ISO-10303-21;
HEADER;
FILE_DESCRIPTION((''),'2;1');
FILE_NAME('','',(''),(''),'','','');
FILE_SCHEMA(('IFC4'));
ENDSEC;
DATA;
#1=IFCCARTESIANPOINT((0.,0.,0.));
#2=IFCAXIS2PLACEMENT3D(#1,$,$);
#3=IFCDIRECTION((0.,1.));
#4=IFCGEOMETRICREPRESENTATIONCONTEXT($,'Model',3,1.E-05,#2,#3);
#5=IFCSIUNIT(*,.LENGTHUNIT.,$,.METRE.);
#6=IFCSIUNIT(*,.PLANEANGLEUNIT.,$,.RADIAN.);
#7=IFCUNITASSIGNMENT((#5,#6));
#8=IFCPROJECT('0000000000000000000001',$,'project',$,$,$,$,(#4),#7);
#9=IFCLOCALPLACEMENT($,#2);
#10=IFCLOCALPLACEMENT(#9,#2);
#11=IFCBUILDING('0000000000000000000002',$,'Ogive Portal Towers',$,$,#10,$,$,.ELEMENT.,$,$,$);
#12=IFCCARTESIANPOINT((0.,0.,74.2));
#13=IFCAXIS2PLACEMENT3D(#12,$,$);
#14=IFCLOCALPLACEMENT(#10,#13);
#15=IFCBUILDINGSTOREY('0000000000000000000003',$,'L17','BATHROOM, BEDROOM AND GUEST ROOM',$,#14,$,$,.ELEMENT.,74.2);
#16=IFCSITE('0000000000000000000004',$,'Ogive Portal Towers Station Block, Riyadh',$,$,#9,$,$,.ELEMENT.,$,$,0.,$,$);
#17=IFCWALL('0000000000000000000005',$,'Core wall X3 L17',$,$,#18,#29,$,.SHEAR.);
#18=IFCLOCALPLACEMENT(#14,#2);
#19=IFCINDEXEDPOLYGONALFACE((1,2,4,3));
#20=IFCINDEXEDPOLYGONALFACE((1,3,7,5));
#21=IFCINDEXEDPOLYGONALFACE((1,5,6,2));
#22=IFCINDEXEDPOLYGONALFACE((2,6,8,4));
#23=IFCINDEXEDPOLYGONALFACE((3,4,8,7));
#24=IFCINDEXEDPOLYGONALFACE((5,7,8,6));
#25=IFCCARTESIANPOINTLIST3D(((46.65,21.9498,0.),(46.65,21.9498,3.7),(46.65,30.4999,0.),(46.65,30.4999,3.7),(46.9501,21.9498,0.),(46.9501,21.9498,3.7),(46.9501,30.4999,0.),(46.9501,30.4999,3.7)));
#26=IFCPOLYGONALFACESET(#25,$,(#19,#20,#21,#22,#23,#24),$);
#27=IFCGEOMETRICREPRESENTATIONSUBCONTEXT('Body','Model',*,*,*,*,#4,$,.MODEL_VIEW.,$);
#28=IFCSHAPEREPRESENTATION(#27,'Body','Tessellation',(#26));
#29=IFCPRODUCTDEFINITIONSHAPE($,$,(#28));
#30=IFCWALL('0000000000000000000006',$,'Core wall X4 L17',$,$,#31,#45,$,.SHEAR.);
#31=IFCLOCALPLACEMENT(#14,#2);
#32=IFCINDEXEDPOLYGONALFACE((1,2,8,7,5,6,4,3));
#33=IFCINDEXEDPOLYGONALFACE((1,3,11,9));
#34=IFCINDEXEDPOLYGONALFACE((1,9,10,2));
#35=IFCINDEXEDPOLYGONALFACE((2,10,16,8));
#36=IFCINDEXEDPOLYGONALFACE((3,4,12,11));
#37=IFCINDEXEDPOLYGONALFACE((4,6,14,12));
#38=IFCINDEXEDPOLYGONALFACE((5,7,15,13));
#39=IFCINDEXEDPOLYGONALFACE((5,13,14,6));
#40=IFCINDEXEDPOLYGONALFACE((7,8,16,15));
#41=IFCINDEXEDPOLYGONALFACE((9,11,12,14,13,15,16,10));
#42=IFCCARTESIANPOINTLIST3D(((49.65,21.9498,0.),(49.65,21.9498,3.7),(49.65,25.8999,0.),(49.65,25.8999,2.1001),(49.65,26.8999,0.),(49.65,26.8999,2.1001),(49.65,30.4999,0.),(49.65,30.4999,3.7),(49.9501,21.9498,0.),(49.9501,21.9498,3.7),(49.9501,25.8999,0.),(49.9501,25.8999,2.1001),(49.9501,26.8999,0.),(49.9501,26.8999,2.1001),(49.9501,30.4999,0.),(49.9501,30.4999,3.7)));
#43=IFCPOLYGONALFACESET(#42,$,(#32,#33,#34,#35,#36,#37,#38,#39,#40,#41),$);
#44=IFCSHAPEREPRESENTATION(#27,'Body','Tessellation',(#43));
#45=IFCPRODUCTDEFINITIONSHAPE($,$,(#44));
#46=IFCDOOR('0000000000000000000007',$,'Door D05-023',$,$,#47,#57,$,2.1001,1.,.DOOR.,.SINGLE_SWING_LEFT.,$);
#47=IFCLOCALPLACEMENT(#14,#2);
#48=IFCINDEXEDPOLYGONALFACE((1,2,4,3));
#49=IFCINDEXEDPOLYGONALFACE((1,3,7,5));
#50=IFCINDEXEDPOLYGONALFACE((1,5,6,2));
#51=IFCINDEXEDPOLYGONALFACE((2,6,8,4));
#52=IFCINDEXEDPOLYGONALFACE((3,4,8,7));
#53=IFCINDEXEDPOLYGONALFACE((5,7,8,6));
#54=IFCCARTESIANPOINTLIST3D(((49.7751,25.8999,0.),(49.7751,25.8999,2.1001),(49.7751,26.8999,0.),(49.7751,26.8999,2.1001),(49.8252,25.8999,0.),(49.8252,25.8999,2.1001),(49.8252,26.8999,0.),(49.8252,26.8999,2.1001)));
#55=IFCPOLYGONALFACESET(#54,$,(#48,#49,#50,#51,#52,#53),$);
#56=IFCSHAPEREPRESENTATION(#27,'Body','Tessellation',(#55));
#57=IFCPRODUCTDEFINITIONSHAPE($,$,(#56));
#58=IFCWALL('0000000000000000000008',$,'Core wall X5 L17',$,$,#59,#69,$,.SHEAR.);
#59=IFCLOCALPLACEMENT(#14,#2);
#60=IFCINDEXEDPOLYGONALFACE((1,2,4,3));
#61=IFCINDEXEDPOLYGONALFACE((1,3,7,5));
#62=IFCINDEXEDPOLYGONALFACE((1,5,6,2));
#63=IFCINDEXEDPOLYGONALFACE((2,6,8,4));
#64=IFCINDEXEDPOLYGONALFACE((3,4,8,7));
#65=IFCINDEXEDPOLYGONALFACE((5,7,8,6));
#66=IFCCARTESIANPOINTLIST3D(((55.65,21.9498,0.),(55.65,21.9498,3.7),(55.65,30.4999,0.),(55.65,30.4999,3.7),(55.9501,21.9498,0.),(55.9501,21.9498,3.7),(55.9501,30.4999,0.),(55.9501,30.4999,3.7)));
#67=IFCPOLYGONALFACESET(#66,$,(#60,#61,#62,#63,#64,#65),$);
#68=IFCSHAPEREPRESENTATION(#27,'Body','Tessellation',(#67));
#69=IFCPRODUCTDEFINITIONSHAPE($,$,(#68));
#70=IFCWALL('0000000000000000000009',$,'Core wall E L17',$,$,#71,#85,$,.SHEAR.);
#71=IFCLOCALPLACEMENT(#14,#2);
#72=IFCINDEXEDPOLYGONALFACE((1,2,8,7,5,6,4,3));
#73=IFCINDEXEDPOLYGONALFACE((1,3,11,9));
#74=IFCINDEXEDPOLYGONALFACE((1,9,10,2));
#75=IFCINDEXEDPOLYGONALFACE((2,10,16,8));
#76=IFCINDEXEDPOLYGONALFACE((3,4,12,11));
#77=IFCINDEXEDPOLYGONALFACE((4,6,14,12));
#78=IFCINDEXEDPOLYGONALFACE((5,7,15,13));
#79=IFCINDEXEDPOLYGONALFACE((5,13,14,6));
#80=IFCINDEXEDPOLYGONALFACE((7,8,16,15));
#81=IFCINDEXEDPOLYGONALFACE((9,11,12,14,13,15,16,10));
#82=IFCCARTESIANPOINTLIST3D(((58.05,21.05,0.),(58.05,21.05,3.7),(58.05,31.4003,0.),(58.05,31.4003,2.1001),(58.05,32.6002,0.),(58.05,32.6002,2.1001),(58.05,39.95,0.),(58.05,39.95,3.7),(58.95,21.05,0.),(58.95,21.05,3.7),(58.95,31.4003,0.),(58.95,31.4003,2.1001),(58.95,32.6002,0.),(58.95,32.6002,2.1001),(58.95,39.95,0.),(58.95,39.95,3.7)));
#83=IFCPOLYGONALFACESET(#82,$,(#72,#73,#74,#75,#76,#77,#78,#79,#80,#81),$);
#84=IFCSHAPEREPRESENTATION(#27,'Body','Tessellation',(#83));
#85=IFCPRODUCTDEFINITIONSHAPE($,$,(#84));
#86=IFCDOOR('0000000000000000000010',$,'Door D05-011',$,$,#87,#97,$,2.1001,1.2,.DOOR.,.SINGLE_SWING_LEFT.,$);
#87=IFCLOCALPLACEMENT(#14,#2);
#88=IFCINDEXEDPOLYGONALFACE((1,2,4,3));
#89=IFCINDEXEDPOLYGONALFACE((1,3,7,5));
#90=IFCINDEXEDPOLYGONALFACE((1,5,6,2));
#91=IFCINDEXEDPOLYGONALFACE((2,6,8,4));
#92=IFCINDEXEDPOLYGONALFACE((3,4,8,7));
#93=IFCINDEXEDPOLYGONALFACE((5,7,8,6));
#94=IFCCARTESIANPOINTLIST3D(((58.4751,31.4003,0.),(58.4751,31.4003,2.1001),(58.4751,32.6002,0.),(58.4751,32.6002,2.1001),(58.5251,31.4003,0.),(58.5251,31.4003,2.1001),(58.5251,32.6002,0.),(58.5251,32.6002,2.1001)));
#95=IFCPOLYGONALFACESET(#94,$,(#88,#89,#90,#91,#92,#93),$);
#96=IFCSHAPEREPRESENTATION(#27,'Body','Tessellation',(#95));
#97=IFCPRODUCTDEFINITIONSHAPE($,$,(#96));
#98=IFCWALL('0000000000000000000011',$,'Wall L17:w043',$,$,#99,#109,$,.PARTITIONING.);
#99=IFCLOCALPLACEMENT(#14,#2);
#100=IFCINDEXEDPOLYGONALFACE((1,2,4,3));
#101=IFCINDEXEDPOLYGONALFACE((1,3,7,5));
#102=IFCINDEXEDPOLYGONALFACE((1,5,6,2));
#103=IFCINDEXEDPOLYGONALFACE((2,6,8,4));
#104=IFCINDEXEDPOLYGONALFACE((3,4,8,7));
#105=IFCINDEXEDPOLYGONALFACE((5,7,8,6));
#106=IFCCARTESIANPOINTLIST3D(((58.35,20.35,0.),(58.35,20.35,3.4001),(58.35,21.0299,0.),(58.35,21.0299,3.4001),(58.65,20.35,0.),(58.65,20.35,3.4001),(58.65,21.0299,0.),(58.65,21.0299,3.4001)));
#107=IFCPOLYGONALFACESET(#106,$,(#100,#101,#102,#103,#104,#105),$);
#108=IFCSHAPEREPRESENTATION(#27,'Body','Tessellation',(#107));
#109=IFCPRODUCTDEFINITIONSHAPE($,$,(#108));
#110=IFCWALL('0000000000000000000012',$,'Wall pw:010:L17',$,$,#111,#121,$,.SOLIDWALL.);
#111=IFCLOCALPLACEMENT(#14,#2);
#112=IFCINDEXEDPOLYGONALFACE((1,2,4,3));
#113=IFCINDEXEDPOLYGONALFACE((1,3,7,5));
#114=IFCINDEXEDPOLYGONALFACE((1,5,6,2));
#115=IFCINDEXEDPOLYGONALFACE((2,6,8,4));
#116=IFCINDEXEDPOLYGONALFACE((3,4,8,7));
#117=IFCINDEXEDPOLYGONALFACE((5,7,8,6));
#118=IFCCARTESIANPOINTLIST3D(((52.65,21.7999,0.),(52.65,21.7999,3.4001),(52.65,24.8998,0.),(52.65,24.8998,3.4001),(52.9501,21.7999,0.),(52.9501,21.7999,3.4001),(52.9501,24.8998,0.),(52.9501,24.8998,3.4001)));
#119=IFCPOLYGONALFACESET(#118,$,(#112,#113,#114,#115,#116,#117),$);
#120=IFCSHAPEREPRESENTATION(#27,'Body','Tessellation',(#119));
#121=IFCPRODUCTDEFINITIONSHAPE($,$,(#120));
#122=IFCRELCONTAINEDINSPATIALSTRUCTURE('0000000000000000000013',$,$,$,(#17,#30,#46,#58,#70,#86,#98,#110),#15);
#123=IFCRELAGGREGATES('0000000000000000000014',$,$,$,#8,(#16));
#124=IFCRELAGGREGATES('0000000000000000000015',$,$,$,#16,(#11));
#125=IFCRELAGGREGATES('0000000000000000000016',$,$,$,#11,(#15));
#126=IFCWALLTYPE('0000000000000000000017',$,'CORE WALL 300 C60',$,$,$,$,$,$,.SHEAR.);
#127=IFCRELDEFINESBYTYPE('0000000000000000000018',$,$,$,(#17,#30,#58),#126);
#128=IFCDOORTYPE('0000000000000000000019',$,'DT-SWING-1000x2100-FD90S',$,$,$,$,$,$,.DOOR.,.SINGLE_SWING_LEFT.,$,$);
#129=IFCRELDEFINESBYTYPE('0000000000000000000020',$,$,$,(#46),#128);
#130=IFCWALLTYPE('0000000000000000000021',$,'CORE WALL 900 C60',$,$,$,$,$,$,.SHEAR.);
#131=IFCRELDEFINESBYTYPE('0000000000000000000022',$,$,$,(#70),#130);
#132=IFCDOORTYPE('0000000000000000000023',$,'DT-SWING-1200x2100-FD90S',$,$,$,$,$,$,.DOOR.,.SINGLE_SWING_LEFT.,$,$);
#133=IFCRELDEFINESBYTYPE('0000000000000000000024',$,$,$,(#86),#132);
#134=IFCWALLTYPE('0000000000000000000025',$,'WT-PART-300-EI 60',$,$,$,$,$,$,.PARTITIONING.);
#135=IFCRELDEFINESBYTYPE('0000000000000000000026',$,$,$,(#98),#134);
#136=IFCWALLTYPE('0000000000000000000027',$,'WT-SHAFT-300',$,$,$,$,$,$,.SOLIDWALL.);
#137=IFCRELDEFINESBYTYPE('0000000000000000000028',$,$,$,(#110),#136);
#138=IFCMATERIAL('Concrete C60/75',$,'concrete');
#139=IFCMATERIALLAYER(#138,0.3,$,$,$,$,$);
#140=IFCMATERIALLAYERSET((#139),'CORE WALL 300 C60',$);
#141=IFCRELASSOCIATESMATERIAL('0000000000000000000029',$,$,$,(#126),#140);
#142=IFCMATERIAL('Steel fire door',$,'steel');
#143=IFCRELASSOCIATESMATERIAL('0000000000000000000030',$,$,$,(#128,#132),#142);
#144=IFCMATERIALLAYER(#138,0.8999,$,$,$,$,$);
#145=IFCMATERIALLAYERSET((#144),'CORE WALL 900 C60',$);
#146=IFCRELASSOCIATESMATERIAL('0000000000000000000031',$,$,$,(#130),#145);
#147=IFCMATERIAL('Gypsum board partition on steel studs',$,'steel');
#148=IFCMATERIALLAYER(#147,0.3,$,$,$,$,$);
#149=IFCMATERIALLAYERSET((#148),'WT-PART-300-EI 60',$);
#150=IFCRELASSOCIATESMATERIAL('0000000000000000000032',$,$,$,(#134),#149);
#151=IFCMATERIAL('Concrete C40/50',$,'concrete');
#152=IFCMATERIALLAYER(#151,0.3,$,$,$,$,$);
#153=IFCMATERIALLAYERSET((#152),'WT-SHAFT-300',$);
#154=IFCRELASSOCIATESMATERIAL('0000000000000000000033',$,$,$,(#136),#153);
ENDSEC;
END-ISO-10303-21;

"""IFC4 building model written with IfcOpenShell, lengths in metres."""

from ifc_helpers import new_model, si_unit, direction, frame, frame_2d, origin, place, context, subcontext, project, spatial, rectangle, extrude, material, layer, layer_set, type_object, element, fill, save


model = new_model("IFC4")

# Units and contexts
model_context = context("Model", 3, precision=1e-05, world=origin(), true_north=direction((0.0, 1.0)))
body_context = subcontext(model_context, "Body", "Model", "MODEL_VIEW")
ifc_project = project(units=[si_unit("LENGTHUNIT", "METRE"), si_unit("PLANEANGLEUNIT", "RADIAN")], contexts=[model_context])

# Site, building, storey
site_placement = place(None, origin())
site = spatial("IfcSite", under=ifc_project, at=site_placement, Name="Ogive Portal Towers Station Block, Riyadh", CompositionType="ELEMENT", RefElevation=0.0)
building_placement = place(site_placement, origin())
building = spatial("IfcBuilding", under=site, at=building_placement, Name="Ogive Portal Towers", CompositionType="ELEMENT")
storey_placement = place(building_placement, frame((0.0, 0.0, 74.2)))
storey = spatial("IfcBuildingStorey", under=building, at=storey_placement, Name="L17", Description="BATHROOM, BEDROOM AND GUEST ROOM", CompositionType="ELEMENT", Elevation=74.2)

# Wall
ifc_material_1 = material(Name="Concrete C60/75", Category="concrete")
ifc_layer_1 = layer(ifc_material_1, 0.3)
ifc_layer_set_1 = layer_set([ifc_layer_1], Name="CORE WALL 300 C60")
wall_type_1 = type_object("IfcWallType", Name="CORE WALL 300 C60", PredefinedType="SHEAR", material=ifc_layer_set_1)
wall_1_placement = place(storey_placement, frame((46.8, 21.95, 0.0), z_axis=(0.0, 0.0, 1.0), x_axis=(0.0, 1.0, 0.0)))
element("IfcWall", 1, at=wall_1_placement, inside=storey, type_object=wall_type_1, Name="Core wall X3 L17", PredefinedType="SHEAR", context=body_context, shape_type="SweptSolid", body=[
    extrude(rectangle(XDim=8.55, YDim=0.3, at=frame_2d((4.2749, 0.0))), origin(), (0.0, 0.0, 1.0), 3.7),
])

# Wall, opening, door
wall_2_placement = place(storey_placement, frame((49.8, 21.95, 0.0), z_axis=(0.0, 0.0, 1.0), x_axis=(0.0, 1.0, 0.0)))
wall_2 = element("IfcWall", 2, at=wall_2_placement, inside=storey, type_object=wall_type_1, Name="Core wall X4 L17", PredefinedType="SHEAR", context=body_context, shape_type="SweptSolid", body=[
    extrude(rectangle(XDim=8.55, YDim=0.3, at=frame_2d((4.2749, 0.0))), origin(), (0.0, 0.0, 1.0), 3.7),
])
opening_1_placement = place(wall_2_placement, frame((3.95, 0.0, 0.0)))
opening_1 = element("IfcOpeningElement", 3, at=opening_1_placement, cuts=wall_2, PredefinedType="OPENING", context=body_context, shape_type="SweptSolid", body=[
    extrude(rectangle(XDim=1.0, YDim=2.1001, at=frame_2d((0.5, 1.05))), frame((0.0, 0.1602, 0.0), z_axis=(0.0, -1.0, 0.0), x_axis=(1.0, 0.0, 0.0)), (0.0, 0.0, 1.0), 0.3201),
])
ifc_material_2 = material(Name="Steel fire door", Category="steel")
door_type_1 = type_object("IfcDoorType", Name="DT-SWING-1000x2100-FD90S", OperationType="SINGLE_SWING_LEFT", PredefinedType="DOOR", material=ifc_material_2)
door_1_placement = place(opening_1_placement, origin())
door_1 = element("IfcDoor", 4, at=door_1_placement, inside=storey, type_object=door_type_1, Name="Door D05-023", OperationType="SINGLE_SWING_LEFT", OverallHeight=2.1001, OverallWidth=1.0, PredefinedType="DOOR", context=body_context, shape_type="SweptSolid", body=[
    extrude(rectangle(XDim=1.0, YDim=2.1001, at=frame_2d((0.5, 1.05))), frame((0.0, 0.0249, 0.0), z_axis=(0.0, -1.0, 0.0), x_axis=(1.0, 0.0, 0.0)), (0.0, 0.0, 1.0), 0.05),
])
fill(opening_1, door_1)

# Wall
wall_3_placement = place(storey_placement, frame((55.8, 21.95, 0.0), z_axis=(0.0, 0.0, 1.0), x_axis=(0.0, 1.0, 0.0)))
element("IfcWall", 5, at=wall_3_placement, inside=storey, type_object=wall_type_1, Name="Core wall X5 L17", PredefinedType="SHEAR", context=body_context, shape_type="SweptSolid", body=[
    extrude(rectangle(XDim=8.55, YDim=0.3, at=frame_2d((4.2749, 0.0))), origin(), (0.0, 0.0, 1.0), 3.7),
])

# Wall, opening, door
ifc_layer_2 = layer(ifc_material_1, 0.8999)
ifc_layer_set_2 = layer_set([ifc_layer_2], Name="CORE WALL 900 C60")
wall_type_2 = type_object("IfcWallType", Name="CORE WALL 900 C60", PredefinedType="SHEAR", material=ifc_layer_set_2)
wall_4_placement = place(storey_placement, frame((58.5, 21.05, 0.0), z_axis=(0.0, 0.0, 1.0), x_axis=(0.0, 1.0, 0.0)))
wall_4 = element("IfcWall", 6, at=wall_4_placement, inside=storey, type_object=wall_type_2, Name="Core wall E L17", PredefinedType="SHEAR", context=body_context, shape_type="SweptSolid", body=[
    extrude(rectangle(XDim=18.8999, YDim=0.8999, at=frame_2d((9.45, 0.0))), origin(), (0.0, 0.0, 1.0), 3.7),
])
opening_2_placement = place(wall_4_placement, frame((10.3501, 0.0, 0.0)))
opening_2 = element("IfcOpeningElement", 7, at=opening_2_placement, cuts=wall_4, PredefinedType="OPENING", context=body_context, shape_type="SweptSolid", body=[
    extrude(rectangle(XDim=1.2, YDim=2.1001, at=frame_2d((0.6001, 1.05))), frame((0.0, 0.46, 0.0), z_axis=(0.0, -1.0, 0.0), x_axis=(1.0, 0.0, 0.0)), (0.0, 0.0, 1.0), 0.9199),
])
door_type_2 = type_object("IfcDoorType", Name="DT-SWING-1200x2100-FD90S", OperationType="SINGLE_SWING_LEFT", PredefinedType="DOOR", material=ifc_material_2)
door_2_placement = place(opening_2_placement, origin())
door_2 = element("IfcDoor", 8, at=door_2_placement, inside=storey, type_object=door_type_2, Name="Door D05-011", OperationType="SINGLE_SWING_LEFT", OverallHeight=2.1001, OverallWidth=1.2, PredefinedType="DOOR", context=body_context, shape_type="SweptSolid", body=[
    extrude(rectangle(XDim=1.2, YDim=2.1001, at=frame_2d((0.6001, 1.05))), frame((0.0, 0.0249, 0.0), z_axis=(0.0, -1.0, 0.0), x_axis=(1.0, 0.0, 0.0)), (0.0, 0.0, 1.0), 0.05),
])
fill(opening_2, door_2)

# Walls
ifc_material_3 = material(Name="Gypsum board partition on steel studs", Category="steel")
ifc_layer_3 = layer(ifc_material_3, 0.3)
ifc_layer_set_3 = layer_set([ifc_layer_3], Name="WT-PART-300-EI 60")
wall_type_3 = type_object("IfcWallType", Name="WT-PART-300-EI 60", PredefinedType="PARTITIONING", material=ifc_layer_set_3)
wall_5_placement = place(storey_placement, frame((58.5, 20.3501, 0.0), z_axis=(0.0, 0.0, 1.0), x_axis=(0.0, 1.0, 0.0)))
element("IfcWall", 9, at=wall_5_placement, inside=storey, type_object=wall_type_3, Name="Wall L17:w043", PredefinedType="PARTITIONING", context=body_context, shape_type="SweptSolid", body=[
    extrude(rectangle(XDim=0.6799, YDim=0.3, at=frame_2d((0.3398, 0.0))), origin(), (0.0, 0.0, 1.0), 3.4001),
])
ifc_material_4 = material(Name="Concrete C40/50", Category="concrete")
ifc_layer_4 = layer(ifc_material_4, 0.3)
ifc_layer_set_4 = layer_set([ifc_layer_4], Name="WT-SHAFT-300")
wall_type_4 = type_object("IfcWallType", Name="WT-SHAFT-300", PredefinedType="SOLIDWALL", material=ifc_layer_set_4)
wall_6_placement = place(storey_placement, frame((52.8, 21.8, 0.0), z_axis=(0.0, 0.0, 1.0), x_axis=(0.0, 1.0, 0.0)))
element("IfcWall", 10, at=wall_6_placement, inside=storey, type_object=wall_type_4, Name="Wall pw:010:L17", PredefinedType="SOLIDWALL", context=body_context, shape_type="SweptSolid", body=[
    extrude(rectangle(XDim=3.0999, YDim=0.3, at=frame_2d((1.5498, 0.0))), origin(), (0.0, 0.0, 1.0), 3.4001),
])

save(model, "model.ifc")
